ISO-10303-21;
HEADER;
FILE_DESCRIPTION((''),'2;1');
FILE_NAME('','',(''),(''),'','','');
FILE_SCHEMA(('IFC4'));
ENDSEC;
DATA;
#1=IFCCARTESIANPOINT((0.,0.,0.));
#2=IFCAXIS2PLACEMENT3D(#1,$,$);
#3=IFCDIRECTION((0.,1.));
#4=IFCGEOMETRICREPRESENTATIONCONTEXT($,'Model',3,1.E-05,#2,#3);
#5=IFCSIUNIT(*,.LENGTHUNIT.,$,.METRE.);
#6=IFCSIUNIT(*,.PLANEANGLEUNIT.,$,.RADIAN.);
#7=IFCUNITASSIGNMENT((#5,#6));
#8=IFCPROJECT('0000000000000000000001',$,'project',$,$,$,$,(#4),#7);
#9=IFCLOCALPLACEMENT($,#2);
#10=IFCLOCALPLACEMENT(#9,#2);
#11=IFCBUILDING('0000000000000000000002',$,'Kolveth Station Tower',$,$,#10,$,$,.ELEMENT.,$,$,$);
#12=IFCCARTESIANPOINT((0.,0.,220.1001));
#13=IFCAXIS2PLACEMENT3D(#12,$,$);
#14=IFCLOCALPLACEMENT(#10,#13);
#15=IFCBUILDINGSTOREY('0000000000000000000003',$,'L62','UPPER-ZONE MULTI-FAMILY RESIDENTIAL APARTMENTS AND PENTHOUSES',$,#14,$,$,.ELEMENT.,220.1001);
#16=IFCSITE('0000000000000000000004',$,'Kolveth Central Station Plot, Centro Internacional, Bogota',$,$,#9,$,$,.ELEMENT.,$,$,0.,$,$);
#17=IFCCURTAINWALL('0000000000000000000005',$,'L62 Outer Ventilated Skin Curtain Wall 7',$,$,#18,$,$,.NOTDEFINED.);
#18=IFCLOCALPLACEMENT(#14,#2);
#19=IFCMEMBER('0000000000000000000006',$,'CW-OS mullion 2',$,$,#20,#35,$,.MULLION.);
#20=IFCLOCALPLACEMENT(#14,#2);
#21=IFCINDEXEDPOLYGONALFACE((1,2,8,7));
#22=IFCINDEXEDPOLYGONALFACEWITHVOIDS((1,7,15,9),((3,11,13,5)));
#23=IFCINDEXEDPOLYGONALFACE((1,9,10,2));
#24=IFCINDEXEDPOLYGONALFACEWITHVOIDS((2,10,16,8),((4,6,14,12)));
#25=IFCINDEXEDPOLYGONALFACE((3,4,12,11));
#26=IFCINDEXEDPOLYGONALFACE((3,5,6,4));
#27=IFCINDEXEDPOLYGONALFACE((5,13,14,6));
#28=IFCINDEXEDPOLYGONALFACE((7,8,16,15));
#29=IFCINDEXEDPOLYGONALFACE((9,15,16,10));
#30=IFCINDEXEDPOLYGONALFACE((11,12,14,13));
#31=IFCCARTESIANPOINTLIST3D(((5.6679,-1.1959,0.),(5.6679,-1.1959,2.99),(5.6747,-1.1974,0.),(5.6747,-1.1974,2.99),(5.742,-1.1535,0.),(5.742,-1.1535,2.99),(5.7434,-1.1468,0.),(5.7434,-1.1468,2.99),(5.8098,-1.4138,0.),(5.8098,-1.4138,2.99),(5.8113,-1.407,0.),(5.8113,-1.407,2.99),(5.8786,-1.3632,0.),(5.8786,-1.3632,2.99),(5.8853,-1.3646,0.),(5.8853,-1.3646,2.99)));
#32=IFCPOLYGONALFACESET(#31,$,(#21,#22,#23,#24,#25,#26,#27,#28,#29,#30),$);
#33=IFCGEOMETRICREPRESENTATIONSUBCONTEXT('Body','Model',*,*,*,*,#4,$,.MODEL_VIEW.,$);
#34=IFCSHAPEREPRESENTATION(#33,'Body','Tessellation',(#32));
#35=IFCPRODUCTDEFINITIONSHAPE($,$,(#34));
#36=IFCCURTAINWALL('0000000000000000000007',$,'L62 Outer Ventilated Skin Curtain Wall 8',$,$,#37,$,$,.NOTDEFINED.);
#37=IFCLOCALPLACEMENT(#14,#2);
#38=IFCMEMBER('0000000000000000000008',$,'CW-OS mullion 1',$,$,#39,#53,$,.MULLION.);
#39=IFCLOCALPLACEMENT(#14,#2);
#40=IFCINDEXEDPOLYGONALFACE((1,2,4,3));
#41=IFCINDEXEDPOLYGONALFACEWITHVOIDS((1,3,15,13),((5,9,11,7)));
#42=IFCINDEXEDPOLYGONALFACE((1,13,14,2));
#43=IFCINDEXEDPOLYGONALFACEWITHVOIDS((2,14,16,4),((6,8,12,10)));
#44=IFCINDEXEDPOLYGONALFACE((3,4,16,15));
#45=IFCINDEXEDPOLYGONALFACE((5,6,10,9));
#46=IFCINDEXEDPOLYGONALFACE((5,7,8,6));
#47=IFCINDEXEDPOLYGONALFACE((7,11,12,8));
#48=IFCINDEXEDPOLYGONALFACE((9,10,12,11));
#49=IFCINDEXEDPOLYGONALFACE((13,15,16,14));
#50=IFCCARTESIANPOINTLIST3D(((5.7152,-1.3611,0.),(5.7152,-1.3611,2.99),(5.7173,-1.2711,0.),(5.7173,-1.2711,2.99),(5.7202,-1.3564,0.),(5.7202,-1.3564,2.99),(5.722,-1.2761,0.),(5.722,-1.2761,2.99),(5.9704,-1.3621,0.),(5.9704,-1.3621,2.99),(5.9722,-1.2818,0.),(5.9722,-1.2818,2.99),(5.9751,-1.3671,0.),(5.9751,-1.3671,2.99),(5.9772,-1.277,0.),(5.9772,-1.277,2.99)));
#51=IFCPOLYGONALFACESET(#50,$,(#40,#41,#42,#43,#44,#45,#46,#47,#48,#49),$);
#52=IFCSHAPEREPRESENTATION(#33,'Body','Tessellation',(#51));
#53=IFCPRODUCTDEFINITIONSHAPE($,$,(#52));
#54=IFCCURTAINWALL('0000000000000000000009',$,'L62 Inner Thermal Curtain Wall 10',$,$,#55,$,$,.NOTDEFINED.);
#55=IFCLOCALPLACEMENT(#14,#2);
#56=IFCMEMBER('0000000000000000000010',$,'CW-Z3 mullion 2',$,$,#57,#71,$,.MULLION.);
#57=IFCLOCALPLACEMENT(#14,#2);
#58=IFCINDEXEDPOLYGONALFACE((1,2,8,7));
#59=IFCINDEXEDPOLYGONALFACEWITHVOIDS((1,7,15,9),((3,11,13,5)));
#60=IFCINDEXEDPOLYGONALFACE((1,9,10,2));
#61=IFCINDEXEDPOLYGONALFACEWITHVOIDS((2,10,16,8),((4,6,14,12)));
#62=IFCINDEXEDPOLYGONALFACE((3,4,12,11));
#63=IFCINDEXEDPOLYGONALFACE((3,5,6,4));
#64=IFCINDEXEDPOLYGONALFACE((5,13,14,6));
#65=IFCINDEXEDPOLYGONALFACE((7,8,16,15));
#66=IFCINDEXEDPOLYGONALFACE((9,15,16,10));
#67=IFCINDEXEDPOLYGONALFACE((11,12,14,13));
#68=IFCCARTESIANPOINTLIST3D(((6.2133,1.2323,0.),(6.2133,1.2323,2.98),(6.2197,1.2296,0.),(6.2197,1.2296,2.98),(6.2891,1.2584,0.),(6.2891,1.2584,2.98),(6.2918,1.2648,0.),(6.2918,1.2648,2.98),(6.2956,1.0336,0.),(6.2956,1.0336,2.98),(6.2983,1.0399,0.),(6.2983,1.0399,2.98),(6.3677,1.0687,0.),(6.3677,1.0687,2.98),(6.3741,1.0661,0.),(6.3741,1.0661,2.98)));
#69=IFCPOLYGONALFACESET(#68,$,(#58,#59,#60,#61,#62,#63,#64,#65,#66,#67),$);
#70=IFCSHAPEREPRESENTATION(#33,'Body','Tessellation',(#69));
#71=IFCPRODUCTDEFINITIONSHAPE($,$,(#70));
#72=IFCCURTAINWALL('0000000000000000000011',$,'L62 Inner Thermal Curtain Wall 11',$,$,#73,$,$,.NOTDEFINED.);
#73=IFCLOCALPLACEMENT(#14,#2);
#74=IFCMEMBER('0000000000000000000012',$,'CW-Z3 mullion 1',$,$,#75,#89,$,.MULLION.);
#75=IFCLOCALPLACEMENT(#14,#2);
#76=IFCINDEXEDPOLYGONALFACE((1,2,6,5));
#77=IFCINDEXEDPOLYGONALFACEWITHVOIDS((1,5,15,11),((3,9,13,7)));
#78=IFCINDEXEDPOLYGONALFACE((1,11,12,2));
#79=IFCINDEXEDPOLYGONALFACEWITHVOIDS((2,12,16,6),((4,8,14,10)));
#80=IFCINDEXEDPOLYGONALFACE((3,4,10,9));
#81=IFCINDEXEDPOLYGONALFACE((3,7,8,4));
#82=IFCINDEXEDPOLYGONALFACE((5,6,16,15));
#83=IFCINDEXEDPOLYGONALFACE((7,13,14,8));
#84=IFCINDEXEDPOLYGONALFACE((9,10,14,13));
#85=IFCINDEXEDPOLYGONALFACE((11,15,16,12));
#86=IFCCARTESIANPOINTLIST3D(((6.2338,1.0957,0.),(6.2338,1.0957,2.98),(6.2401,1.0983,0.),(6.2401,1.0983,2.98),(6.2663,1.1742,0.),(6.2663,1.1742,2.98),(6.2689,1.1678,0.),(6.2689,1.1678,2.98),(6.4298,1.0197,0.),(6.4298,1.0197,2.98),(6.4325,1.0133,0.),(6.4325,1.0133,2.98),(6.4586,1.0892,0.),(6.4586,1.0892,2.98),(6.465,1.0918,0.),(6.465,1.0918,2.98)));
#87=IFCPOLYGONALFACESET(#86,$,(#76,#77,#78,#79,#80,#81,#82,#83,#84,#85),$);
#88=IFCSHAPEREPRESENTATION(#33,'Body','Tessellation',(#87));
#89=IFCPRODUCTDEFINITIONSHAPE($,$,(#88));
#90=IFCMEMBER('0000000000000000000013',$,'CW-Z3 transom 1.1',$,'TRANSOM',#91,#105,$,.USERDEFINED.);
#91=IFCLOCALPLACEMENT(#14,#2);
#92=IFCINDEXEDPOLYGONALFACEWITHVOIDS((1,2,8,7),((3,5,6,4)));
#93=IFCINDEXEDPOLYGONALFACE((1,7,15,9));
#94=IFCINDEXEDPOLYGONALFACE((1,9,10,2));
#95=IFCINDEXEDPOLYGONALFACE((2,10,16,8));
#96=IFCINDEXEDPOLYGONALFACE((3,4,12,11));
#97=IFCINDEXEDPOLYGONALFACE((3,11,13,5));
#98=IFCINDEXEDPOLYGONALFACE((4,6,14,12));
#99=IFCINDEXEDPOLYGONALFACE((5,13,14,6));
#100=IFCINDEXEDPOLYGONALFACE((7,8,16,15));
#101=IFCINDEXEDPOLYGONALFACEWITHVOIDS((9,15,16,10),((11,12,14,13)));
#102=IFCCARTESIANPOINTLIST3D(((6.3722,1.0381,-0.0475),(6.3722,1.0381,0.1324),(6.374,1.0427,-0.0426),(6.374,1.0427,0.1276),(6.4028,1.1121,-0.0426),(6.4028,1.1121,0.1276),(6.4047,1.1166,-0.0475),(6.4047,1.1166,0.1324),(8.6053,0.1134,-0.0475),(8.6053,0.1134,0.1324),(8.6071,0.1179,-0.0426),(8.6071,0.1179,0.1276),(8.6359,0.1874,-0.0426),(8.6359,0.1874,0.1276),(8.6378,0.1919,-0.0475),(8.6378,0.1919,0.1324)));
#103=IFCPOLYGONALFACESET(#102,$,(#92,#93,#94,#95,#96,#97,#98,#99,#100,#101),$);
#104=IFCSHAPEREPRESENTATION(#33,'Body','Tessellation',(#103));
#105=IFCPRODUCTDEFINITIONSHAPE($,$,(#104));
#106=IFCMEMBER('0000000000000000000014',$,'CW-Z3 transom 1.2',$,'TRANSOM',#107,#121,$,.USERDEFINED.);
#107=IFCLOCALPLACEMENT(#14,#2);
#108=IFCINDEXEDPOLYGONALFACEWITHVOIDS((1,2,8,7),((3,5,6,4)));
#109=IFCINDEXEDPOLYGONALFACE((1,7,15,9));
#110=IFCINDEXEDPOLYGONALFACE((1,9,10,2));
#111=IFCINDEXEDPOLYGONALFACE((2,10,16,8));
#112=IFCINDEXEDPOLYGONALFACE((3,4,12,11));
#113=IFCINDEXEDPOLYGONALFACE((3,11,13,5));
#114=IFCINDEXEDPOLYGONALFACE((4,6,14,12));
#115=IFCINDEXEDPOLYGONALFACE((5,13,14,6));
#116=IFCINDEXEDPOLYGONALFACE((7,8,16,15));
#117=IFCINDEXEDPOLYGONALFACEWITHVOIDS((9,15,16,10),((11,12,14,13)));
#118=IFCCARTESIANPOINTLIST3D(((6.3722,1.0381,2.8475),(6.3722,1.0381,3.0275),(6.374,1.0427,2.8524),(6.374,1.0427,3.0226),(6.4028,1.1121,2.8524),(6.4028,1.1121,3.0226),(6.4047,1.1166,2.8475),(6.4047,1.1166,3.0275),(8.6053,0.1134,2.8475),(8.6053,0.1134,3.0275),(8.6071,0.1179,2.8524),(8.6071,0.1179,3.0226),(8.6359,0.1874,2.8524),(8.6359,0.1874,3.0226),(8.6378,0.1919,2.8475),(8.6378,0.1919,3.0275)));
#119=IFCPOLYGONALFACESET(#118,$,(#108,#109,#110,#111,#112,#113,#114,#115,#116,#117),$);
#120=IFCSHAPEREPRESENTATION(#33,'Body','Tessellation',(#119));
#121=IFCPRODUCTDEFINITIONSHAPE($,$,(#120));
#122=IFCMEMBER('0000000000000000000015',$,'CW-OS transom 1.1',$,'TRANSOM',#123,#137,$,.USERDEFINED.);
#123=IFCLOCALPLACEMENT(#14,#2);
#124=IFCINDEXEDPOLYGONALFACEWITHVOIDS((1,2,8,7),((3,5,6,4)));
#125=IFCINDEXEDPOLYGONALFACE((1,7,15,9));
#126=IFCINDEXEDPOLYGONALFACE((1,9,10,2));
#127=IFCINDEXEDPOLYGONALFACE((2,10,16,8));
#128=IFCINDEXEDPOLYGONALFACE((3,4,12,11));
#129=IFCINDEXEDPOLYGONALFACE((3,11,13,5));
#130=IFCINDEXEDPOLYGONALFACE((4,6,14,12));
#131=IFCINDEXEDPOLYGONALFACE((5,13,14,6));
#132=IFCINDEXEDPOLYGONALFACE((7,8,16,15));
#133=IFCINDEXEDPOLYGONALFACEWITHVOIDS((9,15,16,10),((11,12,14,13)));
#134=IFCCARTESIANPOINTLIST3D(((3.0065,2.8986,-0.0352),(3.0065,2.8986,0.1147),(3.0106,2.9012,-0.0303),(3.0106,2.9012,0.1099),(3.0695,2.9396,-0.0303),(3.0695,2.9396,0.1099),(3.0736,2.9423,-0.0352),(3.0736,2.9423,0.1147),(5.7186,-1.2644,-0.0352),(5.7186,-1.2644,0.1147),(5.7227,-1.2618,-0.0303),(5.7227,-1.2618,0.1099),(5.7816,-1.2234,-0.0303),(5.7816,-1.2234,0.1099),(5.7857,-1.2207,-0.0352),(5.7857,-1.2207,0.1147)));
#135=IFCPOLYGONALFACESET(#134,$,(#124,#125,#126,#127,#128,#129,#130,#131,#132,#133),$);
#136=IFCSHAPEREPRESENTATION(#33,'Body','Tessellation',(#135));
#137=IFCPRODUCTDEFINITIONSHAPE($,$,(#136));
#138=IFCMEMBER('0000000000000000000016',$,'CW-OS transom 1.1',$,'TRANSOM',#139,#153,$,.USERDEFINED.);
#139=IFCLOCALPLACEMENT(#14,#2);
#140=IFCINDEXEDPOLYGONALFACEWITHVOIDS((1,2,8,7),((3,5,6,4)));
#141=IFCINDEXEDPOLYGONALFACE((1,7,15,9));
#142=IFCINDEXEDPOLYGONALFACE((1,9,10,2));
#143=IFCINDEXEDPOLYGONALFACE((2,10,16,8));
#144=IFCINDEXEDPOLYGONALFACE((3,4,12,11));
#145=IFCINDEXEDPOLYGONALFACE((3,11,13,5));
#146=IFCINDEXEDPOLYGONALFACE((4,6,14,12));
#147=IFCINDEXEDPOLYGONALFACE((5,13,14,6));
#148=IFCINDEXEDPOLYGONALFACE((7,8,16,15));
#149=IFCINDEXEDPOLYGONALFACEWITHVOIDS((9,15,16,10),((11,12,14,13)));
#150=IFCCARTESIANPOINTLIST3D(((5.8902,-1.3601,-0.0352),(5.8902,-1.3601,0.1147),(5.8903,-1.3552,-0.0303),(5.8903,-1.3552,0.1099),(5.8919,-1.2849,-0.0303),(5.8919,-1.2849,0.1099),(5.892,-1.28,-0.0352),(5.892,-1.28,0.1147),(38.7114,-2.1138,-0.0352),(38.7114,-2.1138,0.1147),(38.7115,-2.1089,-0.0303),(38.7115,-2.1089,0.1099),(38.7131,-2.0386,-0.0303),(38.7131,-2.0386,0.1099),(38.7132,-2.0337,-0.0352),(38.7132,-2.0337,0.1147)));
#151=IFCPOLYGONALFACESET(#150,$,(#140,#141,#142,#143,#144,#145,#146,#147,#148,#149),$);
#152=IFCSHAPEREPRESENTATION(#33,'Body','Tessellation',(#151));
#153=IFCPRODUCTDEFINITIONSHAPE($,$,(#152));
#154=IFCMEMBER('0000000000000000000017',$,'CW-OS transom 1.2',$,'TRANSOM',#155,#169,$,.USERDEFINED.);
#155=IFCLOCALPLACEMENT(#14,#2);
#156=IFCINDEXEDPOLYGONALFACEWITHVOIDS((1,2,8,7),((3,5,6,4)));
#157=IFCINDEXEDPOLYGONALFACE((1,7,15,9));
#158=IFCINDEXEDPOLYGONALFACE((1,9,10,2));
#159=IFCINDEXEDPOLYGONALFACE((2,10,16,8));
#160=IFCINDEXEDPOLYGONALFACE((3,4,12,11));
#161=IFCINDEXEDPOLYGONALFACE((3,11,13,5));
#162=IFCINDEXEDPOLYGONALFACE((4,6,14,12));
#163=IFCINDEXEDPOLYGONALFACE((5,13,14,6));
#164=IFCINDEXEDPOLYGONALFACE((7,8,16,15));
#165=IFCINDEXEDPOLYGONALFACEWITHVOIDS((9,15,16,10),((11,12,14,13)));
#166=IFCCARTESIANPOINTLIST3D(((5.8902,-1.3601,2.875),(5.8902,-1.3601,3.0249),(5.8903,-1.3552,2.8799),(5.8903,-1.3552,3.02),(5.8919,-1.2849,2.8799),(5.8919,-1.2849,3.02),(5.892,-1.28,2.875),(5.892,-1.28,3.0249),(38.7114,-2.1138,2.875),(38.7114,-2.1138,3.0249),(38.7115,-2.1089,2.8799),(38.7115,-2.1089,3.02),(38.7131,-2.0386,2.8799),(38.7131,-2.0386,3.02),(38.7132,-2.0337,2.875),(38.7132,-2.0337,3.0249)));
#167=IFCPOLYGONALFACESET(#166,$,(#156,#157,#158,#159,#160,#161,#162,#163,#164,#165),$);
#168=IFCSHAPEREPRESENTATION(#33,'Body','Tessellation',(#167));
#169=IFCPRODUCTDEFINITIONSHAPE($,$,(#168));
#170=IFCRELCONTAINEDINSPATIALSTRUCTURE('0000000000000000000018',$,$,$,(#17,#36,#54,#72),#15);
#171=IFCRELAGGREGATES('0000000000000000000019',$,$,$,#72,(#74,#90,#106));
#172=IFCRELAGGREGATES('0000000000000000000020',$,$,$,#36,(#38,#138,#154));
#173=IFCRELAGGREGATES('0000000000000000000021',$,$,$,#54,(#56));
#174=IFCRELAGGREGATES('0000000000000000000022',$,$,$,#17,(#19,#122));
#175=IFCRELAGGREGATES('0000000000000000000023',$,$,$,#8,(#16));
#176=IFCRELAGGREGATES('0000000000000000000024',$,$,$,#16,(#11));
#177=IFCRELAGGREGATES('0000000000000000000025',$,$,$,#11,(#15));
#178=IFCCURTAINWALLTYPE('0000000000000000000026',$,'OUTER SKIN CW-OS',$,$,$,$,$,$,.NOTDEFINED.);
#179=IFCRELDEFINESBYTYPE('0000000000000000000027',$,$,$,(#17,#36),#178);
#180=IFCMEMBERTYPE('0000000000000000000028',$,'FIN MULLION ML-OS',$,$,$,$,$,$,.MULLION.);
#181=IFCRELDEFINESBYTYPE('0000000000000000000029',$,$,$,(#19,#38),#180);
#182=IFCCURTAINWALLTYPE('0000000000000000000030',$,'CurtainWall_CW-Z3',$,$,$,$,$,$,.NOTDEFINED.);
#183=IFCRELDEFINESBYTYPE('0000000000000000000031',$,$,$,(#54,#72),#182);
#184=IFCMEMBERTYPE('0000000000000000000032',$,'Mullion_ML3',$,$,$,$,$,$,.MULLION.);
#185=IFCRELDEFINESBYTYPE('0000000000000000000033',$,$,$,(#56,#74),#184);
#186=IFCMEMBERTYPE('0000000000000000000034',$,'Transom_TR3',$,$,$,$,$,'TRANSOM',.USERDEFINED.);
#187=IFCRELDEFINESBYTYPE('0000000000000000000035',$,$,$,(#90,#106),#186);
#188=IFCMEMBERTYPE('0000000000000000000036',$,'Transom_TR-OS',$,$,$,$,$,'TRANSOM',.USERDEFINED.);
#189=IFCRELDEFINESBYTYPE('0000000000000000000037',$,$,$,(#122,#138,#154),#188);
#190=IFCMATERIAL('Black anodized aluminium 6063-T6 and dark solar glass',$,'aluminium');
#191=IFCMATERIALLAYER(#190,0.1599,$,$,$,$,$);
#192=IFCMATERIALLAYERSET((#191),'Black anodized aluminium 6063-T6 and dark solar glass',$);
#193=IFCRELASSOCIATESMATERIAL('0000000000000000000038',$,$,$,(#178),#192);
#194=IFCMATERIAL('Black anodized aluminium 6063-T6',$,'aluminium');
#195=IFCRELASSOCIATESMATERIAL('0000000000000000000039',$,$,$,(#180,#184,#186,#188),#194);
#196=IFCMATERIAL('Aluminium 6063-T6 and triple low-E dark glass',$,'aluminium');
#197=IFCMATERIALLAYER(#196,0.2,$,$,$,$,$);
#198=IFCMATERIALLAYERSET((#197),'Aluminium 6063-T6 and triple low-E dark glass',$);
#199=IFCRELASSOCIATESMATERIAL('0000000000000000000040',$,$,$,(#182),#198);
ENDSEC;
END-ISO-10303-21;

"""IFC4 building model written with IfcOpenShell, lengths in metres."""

from ifc_helpers import new_model, si_unit, direction, frame, origin, origin_2d, place, context, subcontext, project, spatial, hollow_rectangle, extrude, source, transform, mapped, material, layer, layer_set, material_profile, profile_set, type_object, element, aggregate, save


model = new_model("IFC4")

# Units and contexts
model_context = context("Model", 3, precision=1e-05, world=origin(), true_north=direction((0.0, 1.0)))
body_context = subcontext(model_context, "Body", "Model", "MODEL_VIEW")
ifc_project = project(units=[si_unit("LENGTHUNIT", "METRE"), si_unit("PLANEANGLEUNIT", "RADIAN")], contexts=[model_context])

# Site, building, storey
site_placement = place(None, origin())
site = spatial("IfcSite", under=ifc_project, at=site_placement, Name="Kolveth Central Station Plot, Centro Internacional, Bogota", CompositionType="ELEMENT", RefElevation=0.0)
building_placement = place(site_placement, origin())
building = spatial("IfcBuilding", under=site, at=building_placement, Name="Kolveth Station Tower", CompositionType="ELEMENT")
storey_placement = place(building_placement, frame((0.0, 0.0, 220.1001)))
storey = spatial("IfcBuildingStorey", under=building, at=storey_placement, Name="L62", Description="UPPER-ZONE MULTI-FAMILY RESIDENTIAL APARTMENTS AND PENTHOUSES", CompositionType="ELEMENT", Elevation=220.1001)

# Curtain walls, members
ifc_material_1 = material(Name="Black anodized aluminium 6063-T6 and dark solar glass", Category="aluminium")
ifc_layer_1 = layer(ifc_material_1, 0.1599)
ifc_layer_set_1 = layer_set([ifc_layer_1], Name="Black anodized aluminium 6063-T6 and dark solar glass")
curtain_wall_type_1 = type_object("IfcCurtainWallType", Name="OUTER SKIN CW-OS", PredefinedType="NOTDEFINED", material=ifc_layer_set_1)
curtain_wall_1_placement = place(storey_placement, origin())
curtain_wall_1 = element("IfcCurtainWall", 1, at=curtain_wall_1_placement, inside=storey, type_object=curtain_wall_type_1, Name="L62 Outer Ventilated Skin Curtain Wall 7", PredefinedType="NOTDEFINED")
ifc_material_2 = material(Name="Black anodized aluminium 6063-T6", Category="aluminium")
ifc_material_profile_1 = material_profile(ifc_material_2, hollow_rectangle(XDim=0.0901, YDim=0.26, WallThickness=0.0049, at=origin_2d()), Name="ALU-90x260x5")
ifc_profile_set_1 = profile_set([ifc_material_profile_1], Name="Black anodized aluminium 6063-T6")
member_type_1 = type_object("IfcMemberType", Name="FIN MULLION ML-OS", PredefinedType="MULLION", material=ifc_profile_set_1)
shared_shape_1 = source(origin(), body_context, "Body", "SweptSolid", [
    extrude(hollow_rectangle(XDim=0.0901, YDim=0.26, WallThickness=0.0049, at=origin_2d()), origin(), (0.0, 0.0, 1.0), 2.99),
])
member_1_placement = place(storey_placement, frame((5.7766, -1.2803, 0.0), z_axis=(0.0, 0.0, 1.0), x_axis=(0.837896, 0.54583, 0.0)))
member_1 = element("IfcMember", 2, at=member_1_placement, type_object=member_type_1, Name="CW-OS mullion 2", PredefinedType="MULLION", context=body_context, shape_type="MappedRepresentation", body=[
    mapped(shared_shape_1, transform((0.0, 0.0, 0.0), x_axis=(1.0, 0.0, 0.0), y_axis=(0.0, 1.0, 0.0), z_axis=(0.0, 0.0, 1.0), scale=1.0)),
])
curtain_wall_2_placement = place(storey_placement, origin())
curtain_wall_2 = element("IfcCurtainWall", 3, at=curtain_wall_2_placement, inside=storey, type_object=curtain_wall_type_1, Name="L62 Outer Ventilated Skin Curtain Wall 8", PredefinedType="NOTDEFINED")
member_2_placement = place(storey_placement, frame((5.8462, -1.3191, 0.0), z_axis=(0.0, 0.0, 1.0), x_axis=(0.022954, 0.999737, 0.0)))
member_2 = element("IfcMember", 4, at=member_2_placement, type_object=member_type_1, Name="CW-OS mullion 1", PredefinedType="MULLION", context=body_context, shape_type="MappedRepresentation", body=[
    mapped(shared_shape_1, transform((0.0, 0.0, 0.0), x_axis=(1.0, 0.0, 0.0), y_axis=(0.0, 1.0, 0.0), z_axis=(0.0, 0.0, 1.0), scale=1.0)),
])
ifc_material_3 = material(Name="Aluminium 6063-T6 and triple low-E dark glass", Category="aluminium")
ifc_layer_2 = layer(ifc_material_3, 0.2)
ifc_layer_set_2 = layer_set([ifc_layer_2], Name="Aluminium 6063-T6 and triple low-E dark glass")
curtain_wall_type_2 = type_object("IfcCurtainWallType", Name="CurtainWall_CW-Z3", PredefinedType="NOTDEFINED", material=ifc_layer_set_2)
curtain_wall_3_placement = place(storey_placement, origin())
curtain_wall_3 = element("IfcCurtainWall", 5, at=curtain_wall_3_placement, inside=storey, type_object=curtain_wall_type_2, Name="L62 Inner Thermal Curtain Wall 10", PredefinedType="NOTDEFINED")
ifc_material_profile_2 = material_profile(ifc_material_2, hollow_rectangle(XDim=0.085, YDim=0.2151, WallThickness=0.0049, at=origin_2d()), Name="ALU-85x215x5")
ifc_profile_set_2 = profile_set([ifc_material_profile_2], Name="Black anodized aluminium 6063-T6")
member_type_2 = type_object("IfcMemberType", Name="Mullion_ML3", PredefinedType="MULLION", material=ifc_profile_set_2)
shared_shape_2 = source(origin(), body_context, "Body", "SweptSolid", [
    extrude(hollow_rectangle(XDim=0.085, YDim=0.2151, WallThickness=0.0049, at=origin_2d()), origin(), (0.0, 0.0, 1.0), 2.98),
])
member_3_placement = place(storey_placement, frame((6.2937, 1.1492, 0.0), z_axis=(0.0, 0.0, 1.0), x_axis=(0.923875, 0.382693, 0.0)))
member_3 = element("IfcMember", 6, at=member_3_placement, type_object=member_type_2, Name="CW-Z3 mullion 2", PredefinedType="MULLION", context=body_context, shape_type="MappedRepresentation", body=[
    mapped(shared_shape_2, transform((0.0, 0.0, 0.0), x_axis=(1.0, 0.0, 0.0), y_axis=(0.0, 1.0, 0.0), z_axis=(0.0, 0.0, 1.0), scale=1.0)),
])

# Curtain wall, members
curtain_wall_4_placement = place(storey_placement, origin())
curtain_wall_4 = element("IfcCurtainWall", 7, at=curtain_wall_4_placement, inside=storey, type_object=curtain_wall_type_2, Name="L62 Inner Thermal Curtain Wall 11", PredefinedType="NOTDEFINED")
member_4_placement = place(storey_placement, frame((6.3494, 1.0938, 0.0), z_axis=(0.0, 0.0, 1.0), x_axis=(0.382693, 0.923875, 0.0)))
member_4 = element("IfcMember", 8, at=member_4_placement, type_object=member_type_2, Name="CW-Z3 mullion 1", PredefinedType="MULLION", context=body_context, shape_type="MappedRepresentation", body=[
    mapped(shared_shape_2, transform((0.0, 0.0, 0.0), x_axis=(1.0, 0.0, 0.0), y_axis=(0.0, 1.0, 0.0), z_axis=(0.0, 0.0, 1.0), scale=1.0)),
])
ifc_material_profile_3 = material_profile(ifc_material_2, hollow_rectangle(XDim=0.085, YDim=0.1799, WallThickness=0.0049, at=origin_2d()), Name="ALU-85x180x5")
ifc_profile_set_3 = profile_set([ifc_material_profile_3], Name="Black anodized aluminium 6063-T6")
member_type_3 = type_object("IfcMemberType", Name="Transom_TR3", ElementType="TRANSOM", PredefinedType="USERDEFINED", material=ifc_profile_set_3)
shared_shape_3 = source(origin(), body_context, "Body", "SweptSolid", [
    extrude(hollow_rectangle(XDim=0.085, YDim=0.1799, WallThickness=0.0049, at=origin_2d()), origin(), (0.0, 0.0, 1.0), 2.417),
])
member_5_placement = place(storey_placement, frame((6.3884, 1.0774, 0.0425), z_axis=(0.923909, -0.382613, 0.0), x_axis=(0.382613, 0.923909, 0.0)))
member_5 = element("IfcMember", 9, at=member_5_placement, type_object=member_type_3, Name="CW-Z3 transom 1.1", ObjectType="TRANSOM", PredefinedType="USERDEFINED", context=body_context, shape_type="MappedRepresentation", body=[
    mapped(shared_shape_3, transform((0.0, 0.0, 0.0), x_axis=(1.0, 0.0, 0.0), y_axis=(0.0, 1.0, 0.0), z_axis=(0.0, 0.0, 1.0), scale=1.0)),
])
member_6_placement = place(storey_placement, frame((6.3884, 1.0774, 2.9375), z_axis=(0.923909, -0.382613, 0.0), x_axis=(0.382613, 0.923909, 0.0)))
member_6 = element("IfcMember", 10, at=member_6_placement, type_object=member_type_3, Name="CW-Z3 transom 1.2", ObjectType="TRANSOM", PredefinedType="USERDEFINED", context=body_context, shape_type="MappedRepresentation", body=[
    mapped(shared_shape_3, transform((0.0, 0.0, 0.0), x_axis=(1.0, 0.0, 0.0), y_axis=(0.0, 1.0, 0.0), z_axis=(0.0, 0.0, 1.0), scale=1.0)),
])
aggregate(curtain_wall_4, [member_4, member_5, member_6])

# Members
ifc_material_profile_4 = material_profile(ifc_material_2, hollow_rectangle(XDim=0.0801, YDim=0.1499, WallThickness=0.0049, at=origin_2d()), Name="ALU-80x150x5")
ifc_profile_set_4 = profile_set([ifc_material_profile_4], Name="Black anodized aluminium 6063-T6")
member_type_4 = type_object("IfcMemberType", Name="Transom_TR-OS", ElementType="TRANSOM", PredefinedType="USERDEFINED", material=ifc_profile_set_4)
shared_shape_4 = source(origin(), body_context, "Body", "SweptSolid", [
    extrude(hollow_rectangle(XDim=0.0801, YDim=0.1499, WallThickness=0.0049, at=origin_2d()), origin(), (0.0, 0.0, 1.0), 4.9685),
])
member_7_placement = place(storey_placement, frame((3.04, 2.9204, 0.0398), z_axis=(0.545859, -0.837877, 0.0), x_axis=(0.837877, 0.545859, 0.0)))
member_7 = element("IfcMember", 11, at=member_7_placement, type_object=member_type_4, Name="CW-OS transom 1.1", ObjectType="TRANSOM", PredefinedType="USERDEFINED", context=body_context, shape_type="MappedRepresentation", body=[
    mapped(shared_shape_4, transform((0.0, 0.0, 0.0), x_axis=(1.0, 0.0, 0.0), y_axis=(0.0, 1.0, 0.0), z_axis=(0.0, 0.0, 1.0), scale=1.0)),
])
shared_shape_5 = source(origin(), body_context, "Body", "SweptSolid", [
    extrude(hollow_rectangle(XDim=0.0801, YDim=0.1499, WallThickness=0.0049, at=origin_2d()), origin(), (0.0, 0.0, 1.0), 32.8298),
])
member_8_placement = place(storey_placement, frame((5.8911, -1.3201, 0.0398), z_axis=(0.999736, -0.022957, 0.0), x_axis=(0.022957, 0.999736, 0.0)))
member_8 = element("IfcMember", 12, at=member_8_placement, type_object=member_type_4, Name="CW-OS transom 1.1", ObjectType="TRANSOM", PredefinedType="USERDEFINED", context=body_context, shape_type="MappedRepresentation", body=[
    mapped(shared_shape_5, transform((0.0, 0.0, 0.0), x_axis=(1.0, 0.0, 0.0), y_axis=(0.0, 1.0, 0.0), z_axis=(0.0, 0.0, 1.0), scale=1.0)),
])
member_9_placement = place(storey_placement, frame((5.8911, -1.3201, 2.95), z_axis=(0.999736, -0.022957, 0.0), x_axis=(0.022957, 0.999736, 0.0)))
member_9 = element("IfcMember", 13, at=member_9_placement, type_object=member_type_4, Name="CW-OS transom 1.2", ObjectType="TRANSOM", PredefinedType="USERDEFINED", context=body_context, shape_type="MappedRepresentation", body=[
    mapped(shared_shape_5, transform((0.0, 0.0, 0.0), x_axis=(1.0, 0.0, 0.0), y_axis=(0.0, 1.0, 0.0), z_axis=(0.0, 0.0, 1.0), scale=1.0)),
])
aggregate(curtain_wall_2, [member_2, member_8, member_9])

aggregate(curtain_wall_3, [member_3])
aggregate(curtain_wall_1, [member_1, member_7])

save(model, "model.ifc")
